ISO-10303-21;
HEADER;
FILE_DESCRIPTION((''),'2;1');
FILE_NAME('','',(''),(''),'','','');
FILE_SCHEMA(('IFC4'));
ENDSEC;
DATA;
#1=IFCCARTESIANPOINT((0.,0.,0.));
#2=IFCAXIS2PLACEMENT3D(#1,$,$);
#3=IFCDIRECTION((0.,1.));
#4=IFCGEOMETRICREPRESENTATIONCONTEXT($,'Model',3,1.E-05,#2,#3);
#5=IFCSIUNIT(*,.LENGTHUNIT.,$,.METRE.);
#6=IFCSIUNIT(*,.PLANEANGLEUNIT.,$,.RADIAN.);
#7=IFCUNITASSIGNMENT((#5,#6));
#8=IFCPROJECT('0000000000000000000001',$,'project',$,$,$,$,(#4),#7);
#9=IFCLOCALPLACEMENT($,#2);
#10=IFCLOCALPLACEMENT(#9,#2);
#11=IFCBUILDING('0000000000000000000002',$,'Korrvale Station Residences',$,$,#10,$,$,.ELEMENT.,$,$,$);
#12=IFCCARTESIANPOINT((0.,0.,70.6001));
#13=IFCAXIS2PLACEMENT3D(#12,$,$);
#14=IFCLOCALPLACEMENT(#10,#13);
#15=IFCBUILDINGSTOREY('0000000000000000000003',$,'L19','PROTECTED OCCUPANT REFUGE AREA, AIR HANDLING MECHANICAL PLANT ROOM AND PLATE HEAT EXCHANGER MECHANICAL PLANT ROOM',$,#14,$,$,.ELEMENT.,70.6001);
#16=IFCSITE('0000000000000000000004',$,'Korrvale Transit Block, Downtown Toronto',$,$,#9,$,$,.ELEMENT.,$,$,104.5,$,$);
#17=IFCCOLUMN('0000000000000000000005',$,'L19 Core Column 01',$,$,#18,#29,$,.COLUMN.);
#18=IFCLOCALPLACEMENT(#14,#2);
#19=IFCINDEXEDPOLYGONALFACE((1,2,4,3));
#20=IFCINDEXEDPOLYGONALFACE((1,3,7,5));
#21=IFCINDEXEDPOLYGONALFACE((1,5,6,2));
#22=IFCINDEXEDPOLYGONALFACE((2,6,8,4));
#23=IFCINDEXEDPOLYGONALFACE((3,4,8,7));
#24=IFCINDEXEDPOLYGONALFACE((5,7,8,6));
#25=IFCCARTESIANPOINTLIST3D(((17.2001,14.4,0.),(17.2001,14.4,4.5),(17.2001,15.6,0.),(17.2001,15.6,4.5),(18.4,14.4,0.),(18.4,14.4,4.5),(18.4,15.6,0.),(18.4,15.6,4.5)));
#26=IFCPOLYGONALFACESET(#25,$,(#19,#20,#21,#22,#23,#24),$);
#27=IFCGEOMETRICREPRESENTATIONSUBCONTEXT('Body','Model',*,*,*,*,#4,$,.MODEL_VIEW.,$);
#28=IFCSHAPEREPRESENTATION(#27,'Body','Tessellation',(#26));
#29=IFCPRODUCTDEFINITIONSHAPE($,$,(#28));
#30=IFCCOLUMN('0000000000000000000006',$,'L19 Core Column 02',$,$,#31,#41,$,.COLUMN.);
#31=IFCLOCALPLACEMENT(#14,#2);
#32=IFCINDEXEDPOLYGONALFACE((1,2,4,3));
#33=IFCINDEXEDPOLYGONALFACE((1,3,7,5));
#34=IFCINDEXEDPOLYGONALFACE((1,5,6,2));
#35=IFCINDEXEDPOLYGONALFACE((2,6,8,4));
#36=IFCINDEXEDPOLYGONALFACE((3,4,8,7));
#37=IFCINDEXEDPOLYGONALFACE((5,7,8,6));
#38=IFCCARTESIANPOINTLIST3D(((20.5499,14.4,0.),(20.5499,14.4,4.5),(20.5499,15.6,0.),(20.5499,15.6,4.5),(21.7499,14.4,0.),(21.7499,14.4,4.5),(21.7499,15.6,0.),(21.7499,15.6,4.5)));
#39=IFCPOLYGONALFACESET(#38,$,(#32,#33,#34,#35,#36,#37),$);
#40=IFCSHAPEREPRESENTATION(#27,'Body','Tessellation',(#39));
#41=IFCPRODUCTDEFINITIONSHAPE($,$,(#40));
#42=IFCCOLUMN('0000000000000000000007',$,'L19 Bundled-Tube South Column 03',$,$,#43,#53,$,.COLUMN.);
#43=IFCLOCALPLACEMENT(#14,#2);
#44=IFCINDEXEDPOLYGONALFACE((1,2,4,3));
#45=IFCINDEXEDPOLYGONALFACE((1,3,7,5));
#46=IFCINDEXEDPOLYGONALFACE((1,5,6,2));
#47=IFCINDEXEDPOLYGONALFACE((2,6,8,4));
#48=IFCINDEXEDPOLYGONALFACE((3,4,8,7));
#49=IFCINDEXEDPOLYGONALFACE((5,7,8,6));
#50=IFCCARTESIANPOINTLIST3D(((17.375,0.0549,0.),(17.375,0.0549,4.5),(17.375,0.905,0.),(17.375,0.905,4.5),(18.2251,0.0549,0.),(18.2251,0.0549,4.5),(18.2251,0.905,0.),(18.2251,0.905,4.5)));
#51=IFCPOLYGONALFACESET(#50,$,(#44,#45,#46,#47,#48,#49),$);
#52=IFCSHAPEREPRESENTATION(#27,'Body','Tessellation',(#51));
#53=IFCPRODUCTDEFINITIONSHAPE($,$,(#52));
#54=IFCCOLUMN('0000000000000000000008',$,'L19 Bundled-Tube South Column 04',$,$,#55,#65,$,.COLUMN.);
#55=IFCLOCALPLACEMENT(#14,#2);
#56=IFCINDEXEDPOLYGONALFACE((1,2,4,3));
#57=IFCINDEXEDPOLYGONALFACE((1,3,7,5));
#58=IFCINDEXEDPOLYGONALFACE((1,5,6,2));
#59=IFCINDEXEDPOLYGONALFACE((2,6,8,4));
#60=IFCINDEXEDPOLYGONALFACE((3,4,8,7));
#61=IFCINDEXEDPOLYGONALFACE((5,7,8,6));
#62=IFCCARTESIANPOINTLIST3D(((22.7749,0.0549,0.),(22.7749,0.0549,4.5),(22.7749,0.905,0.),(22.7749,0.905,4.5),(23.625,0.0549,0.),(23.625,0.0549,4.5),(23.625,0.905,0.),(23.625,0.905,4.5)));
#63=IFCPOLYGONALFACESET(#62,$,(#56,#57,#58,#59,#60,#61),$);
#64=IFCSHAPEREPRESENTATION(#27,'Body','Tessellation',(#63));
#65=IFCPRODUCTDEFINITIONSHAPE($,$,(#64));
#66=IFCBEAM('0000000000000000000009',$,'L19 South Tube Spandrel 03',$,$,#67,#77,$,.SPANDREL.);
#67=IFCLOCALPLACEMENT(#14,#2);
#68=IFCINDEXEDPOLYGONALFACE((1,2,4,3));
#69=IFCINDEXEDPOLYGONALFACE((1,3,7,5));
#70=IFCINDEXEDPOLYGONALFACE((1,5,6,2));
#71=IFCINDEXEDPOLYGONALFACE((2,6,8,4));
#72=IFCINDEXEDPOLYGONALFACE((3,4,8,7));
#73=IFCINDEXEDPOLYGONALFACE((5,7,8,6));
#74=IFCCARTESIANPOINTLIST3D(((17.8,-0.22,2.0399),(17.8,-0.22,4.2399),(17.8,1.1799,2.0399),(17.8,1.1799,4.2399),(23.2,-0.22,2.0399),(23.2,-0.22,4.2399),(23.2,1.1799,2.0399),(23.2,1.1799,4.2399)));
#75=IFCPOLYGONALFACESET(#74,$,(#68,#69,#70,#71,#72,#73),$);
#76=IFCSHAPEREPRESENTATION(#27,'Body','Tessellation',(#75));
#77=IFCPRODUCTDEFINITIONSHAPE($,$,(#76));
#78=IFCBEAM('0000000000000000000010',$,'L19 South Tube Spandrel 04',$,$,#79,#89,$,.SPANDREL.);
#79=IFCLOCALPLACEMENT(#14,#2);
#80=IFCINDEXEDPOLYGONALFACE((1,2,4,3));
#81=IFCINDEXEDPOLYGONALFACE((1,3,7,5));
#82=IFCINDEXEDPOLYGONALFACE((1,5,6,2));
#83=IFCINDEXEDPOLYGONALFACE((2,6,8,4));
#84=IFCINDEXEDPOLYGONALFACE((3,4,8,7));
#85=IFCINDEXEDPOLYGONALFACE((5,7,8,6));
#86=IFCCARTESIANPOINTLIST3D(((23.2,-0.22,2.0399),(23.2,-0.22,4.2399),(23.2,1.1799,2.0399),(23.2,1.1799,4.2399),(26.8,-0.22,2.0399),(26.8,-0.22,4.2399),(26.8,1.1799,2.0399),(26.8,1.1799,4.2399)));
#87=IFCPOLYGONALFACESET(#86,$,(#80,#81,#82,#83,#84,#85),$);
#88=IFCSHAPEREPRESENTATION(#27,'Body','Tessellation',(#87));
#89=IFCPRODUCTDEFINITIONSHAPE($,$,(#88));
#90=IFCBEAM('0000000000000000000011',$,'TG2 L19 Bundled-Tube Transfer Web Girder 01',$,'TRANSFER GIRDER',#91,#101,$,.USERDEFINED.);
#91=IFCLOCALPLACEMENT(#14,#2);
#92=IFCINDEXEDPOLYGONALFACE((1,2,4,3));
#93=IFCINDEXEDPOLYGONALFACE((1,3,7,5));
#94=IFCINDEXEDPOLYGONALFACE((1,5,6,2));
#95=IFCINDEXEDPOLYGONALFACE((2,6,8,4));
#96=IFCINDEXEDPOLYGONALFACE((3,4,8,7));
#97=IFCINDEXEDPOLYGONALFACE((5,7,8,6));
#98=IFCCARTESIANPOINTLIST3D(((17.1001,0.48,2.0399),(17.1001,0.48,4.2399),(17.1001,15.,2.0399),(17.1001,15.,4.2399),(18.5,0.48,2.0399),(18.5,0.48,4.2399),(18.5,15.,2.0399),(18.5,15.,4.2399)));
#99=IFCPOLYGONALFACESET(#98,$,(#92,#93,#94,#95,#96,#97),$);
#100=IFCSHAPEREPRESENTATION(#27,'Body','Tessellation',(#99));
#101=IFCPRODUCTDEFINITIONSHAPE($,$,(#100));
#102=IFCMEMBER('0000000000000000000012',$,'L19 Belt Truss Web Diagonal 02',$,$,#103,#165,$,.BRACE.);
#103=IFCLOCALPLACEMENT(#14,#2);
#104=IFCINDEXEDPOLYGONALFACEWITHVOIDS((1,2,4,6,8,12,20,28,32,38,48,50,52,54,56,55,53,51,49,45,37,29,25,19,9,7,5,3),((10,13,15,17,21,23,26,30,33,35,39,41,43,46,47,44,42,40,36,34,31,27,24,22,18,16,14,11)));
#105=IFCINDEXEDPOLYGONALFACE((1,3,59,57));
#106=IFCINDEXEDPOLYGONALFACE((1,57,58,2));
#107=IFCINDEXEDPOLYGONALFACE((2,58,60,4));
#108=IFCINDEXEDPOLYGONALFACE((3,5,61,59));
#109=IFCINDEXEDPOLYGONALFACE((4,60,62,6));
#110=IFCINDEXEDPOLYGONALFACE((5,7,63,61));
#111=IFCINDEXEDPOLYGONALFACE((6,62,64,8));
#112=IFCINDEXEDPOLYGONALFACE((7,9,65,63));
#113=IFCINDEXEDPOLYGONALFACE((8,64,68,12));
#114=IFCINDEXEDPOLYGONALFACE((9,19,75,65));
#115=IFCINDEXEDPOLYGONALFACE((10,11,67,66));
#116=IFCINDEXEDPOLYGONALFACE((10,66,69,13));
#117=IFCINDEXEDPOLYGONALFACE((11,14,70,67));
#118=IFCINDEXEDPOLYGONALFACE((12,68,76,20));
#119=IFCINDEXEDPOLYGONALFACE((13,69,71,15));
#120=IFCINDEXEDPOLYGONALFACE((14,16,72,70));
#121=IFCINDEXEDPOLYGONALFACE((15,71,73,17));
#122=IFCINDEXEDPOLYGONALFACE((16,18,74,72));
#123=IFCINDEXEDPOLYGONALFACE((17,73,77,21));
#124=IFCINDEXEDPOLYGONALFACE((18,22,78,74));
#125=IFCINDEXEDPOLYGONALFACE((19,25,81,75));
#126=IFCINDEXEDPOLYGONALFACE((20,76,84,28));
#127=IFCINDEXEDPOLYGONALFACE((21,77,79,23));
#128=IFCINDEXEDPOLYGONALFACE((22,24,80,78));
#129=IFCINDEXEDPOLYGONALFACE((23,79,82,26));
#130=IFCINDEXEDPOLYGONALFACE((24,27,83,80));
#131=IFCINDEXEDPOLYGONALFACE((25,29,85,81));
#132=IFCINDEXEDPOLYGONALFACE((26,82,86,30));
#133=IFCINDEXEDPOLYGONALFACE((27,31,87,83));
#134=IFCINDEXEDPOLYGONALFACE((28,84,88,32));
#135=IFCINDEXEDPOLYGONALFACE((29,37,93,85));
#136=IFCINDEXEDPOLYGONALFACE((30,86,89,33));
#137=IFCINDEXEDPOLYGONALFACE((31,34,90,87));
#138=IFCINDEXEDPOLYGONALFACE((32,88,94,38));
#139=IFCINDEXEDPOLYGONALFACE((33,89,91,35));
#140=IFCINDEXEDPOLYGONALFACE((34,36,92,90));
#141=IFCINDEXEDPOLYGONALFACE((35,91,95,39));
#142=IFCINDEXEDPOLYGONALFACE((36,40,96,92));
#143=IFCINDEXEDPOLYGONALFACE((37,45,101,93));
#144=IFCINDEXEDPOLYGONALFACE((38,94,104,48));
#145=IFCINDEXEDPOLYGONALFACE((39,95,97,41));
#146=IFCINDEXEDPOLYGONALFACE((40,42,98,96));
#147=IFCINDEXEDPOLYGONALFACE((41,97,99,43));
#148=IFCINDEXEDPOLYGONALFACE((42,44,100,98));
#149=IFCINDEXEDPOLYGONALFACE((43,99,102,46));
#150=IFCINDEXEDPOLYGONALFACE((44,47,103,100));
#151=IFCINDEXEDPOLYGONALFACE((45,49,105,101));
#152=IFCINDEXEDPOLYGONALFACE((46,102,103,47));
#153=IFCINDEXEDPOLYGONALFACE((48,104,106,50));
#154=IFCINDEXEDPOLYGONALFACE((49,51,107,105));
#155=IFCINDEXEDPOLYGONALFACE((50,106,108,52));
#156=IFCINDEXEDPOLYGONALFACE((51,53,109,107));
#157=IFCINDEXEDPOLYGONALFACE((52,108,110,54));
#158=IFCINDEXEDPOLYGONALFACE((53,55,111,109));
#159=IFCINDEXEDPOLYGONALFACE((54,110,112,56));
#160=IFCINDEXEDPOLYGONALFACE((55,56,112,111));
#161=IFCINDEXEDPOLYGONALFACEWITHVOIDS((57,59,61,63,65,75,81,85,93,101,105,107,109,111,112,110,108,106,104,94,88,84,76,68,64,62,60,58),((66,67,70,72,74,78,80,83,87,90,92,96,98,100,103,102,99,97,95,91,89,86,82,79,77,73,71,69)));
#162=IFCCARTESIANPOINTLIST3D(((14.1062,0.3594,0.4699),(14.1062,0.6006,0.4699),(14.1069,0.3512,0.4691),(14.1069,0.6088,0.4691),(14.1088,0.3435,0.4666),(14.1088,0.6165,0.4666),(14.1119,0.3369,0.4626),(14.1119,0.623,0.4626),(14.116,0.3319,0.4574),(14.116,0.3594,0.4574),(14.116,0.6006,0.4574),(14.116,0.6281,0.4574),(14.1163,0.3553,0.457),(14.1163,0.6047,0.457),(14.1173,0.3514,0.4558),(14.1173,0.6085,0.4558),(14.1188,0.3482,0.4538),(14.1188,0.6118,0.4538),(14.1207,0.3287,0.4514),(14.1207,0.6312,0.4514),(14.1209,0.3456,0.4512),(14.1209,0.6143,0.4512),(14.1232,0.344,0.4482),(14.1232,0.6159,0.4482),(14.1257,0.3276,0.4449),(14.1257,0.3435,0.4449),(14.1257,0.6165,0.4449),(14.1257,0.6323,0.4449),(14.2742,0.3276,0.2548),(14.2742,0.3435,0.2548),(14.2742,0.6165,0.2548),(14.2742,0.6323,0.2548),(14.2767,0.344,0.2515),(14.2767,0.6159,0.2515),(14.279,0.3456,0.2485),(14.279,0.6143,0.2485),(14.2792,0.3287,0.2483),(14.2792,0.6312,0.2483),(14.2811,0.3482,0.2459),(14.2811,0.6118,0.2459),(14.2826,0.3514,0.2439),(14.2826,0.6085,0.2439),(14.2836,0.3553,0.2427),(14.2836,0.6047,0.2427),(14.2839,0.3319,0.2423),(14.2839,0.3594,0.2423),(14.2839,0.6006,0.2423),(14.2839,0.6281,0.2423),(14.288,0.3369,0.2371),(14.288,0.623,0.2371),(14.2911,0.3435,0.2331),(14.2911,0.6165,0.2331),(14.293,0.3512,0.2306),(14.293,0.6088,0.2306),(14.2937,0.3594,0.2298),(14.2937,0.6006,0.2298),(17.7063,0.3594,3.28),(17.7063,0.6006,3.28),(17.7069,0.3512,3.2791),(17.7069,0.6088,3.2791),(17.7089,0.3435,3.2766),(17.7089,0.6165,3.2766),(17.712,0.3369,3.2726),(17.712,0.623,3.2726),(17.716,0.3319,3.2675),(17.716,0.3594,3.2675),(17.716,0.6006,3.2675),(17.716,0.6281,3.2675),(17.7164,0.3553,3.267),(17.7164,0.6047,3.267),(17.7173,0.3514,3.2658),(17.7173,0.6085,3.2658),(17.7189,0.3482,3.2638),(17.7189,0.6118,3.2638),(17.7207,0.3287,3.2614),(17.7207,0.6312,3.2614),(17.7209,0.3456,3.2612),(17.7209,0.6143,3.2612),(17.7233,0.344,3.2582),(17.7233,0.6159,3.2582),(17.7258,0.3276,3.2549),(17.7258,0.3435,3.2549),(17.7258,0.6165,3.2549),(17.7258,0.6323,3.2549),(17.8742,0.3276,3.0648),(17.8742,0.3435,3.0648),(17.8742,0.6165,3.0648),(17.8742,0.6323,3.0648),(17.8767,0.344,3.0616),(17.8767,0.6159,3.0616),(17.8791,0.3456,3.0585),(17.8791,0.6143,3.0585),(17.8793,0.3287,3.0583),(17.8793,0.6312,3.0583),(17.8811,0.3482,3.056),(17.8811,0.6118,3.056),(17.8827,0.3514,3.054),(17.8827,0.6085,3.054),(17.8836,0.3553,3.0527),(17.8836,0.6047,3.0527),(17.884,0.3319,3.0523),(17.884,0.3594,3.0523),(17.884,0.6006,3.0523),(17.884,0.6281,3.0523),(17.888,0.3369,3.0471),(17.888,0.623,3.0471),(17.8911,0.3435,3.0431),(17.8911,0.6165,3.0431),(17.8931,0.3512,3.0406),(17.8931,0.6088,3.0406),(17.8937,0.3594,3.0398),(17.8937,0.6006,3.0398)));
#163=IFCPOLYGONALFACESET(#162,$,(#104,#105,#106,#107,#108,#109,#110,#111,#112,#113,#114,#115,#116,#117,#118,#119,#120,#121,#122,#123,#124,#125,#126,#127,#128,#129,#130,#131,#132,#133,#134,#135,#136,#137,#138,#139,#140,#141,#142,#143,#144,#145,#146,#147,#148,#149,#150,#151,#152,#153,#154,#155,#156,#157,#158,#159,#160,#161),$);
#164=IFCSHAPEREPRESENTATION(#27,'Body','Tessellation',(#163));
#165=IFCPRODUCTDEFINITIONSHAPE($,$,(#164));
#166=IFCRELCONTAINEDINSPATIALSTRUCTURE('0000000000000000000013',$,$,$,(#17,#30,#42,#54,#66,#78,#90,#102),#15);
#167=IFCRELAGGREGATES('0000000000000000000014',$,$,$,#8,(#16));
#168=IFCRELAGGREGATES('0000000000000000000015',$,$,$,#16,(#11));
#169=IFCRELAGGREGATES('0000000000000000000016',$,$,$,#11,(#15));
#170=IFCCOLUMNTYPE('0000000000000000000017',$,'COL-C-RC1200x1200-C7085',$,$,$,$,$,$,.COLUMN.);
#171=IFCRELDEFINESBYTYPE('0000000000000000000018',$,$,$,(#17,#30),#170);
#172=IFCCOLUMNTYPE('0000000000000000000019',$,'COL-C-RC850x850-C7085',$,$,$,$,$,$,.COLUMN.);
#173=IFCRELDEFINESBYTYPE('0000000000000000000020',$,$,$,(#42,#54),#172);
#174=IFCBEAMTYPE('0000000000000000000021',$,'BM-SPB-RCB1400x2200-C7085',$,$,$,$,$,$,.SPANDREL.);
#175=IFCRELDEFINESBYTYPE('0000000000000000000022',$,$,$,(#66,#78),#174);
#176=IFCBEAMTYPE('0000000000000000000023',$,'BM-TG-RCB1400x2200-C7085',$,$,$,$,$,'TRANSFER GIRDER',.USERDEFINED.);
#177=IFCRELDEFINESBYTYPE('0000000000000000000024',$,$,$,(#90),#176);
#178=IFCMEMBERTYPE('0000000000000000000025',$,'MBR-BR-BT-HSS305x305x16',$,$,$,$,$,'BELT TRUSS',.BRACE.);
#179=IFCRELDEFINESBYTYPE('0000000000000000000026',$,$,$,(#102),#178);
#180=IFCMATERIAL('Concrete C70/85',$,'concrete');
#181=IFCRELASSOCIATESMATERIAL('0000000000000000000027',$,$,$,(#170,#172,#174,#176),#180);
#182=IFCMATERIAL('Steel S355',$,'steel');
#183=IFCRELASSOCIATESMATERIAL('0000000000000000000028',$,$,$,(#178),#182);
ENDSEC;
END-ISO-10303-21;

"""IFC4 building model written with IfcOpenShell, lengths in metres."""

from ifc_helpers import new_model, si_unit, direction, frame, origin, origin_2d, place, context, subcontext, project, spatial, rectangle, hollow_rectangle, extrude, material, material_profile, profile_set, type_object, element, save


model = new_model("IFC4")

# Units and contexts
model_context = context("Model", 3, precision=1e-05, world=origin(), true_north=direction((0.0, 1.0)))
body_context = subcontext(model_context, "Body", "Model", "MODEL_VIEW")
ifc_project = project(units=[si_unit("LENGTHUNIT", "METRE"), si_unit("PLANEANGLEUNIT", "RADIAN")], contexts=[model_context])

# Site, building, storey
site_placement = place(None, origin())
site = spatial("IfcSite", under=ifc_project, at=site_placement, Name="Korrvale Transit Block, Downtown Toronto", CompositionType="ELEMENT", RefElevation=104.5)
building_placement = place(site_placement, origin())
building = spatial("IfcBuilding", under=site, at=building_placement, Name="Korrvale Station Residences", CompositionType="ELEMENT")
storey_placement = place(building_placement, frame((0.0, 0.0, 70.6001)))
storey = spatial("IfcBuildingStorey", under=building, at=storey_placement, Name="L19", Description="PROTECTED OCCUPANT REFUGE AREA, AIR HANDLING MECHANICAL PLANT ROOM AND PLATE HEAT EXCHANGER MECHANICAL PLANT ROOM", CompositionType="ELEMENT", Elevation=70.6001)

# Columns
ifc_material_1 = material(Name="Concrete C70/85", Category="concrete")
ifc_material_profile_1 = material_profile(ifc_material_1, rectangle(XDim=1.2, YDim=1.2, at=origin_2d()), Name="RC1200x1200")
ifc_profile_set_1 = profile_set([ifc_material_profile_1], Name="Concrete C70/85")
column_type_1 = type_object("IfcColumnType", Name="COL-C-RC1200x1200-C7085", PredefinedType="COLUMN", material=ifc_profile_set_1)
for number, where, z_axis, x_axis, name in (
    (1, (17.8, 15.0, 0.0), (0.0, 0.0, 1.0), (1.0, 0.0, 0.0), "L19 Core Column 01"),
    (2, (21.1499, 15.0, 0.0), (0.0, 0.0, 1.0), (1.0, 0.0, 0.0), "L19 Core Column 02"),
):
    element("IfcColumn", number, at=place(storey_placement, frame(where, z_axis=z_axis, x_axis=x_axis)), inside=storey, type_object=column_type_1, Name=name, PredefinedType="COLUMN", context=body_context, shape_type="SweptSolid", body=[
        extrude(rectangle(XDim=1.2, YDim=1.2, at=origin_2d()), origin(), (0.0, 0.0, 1.0), 4.5),
    ])
ifc_material_profile_2 = material_profile(ifc_material_1, rectangle(XDim=0.8501, YDim=0.8501, at=origin_2d()), Name="RC850x850")
ifc_profile_set_2 = profile_set([ifc_material_profile_2], Name="Concrete C70/85")
column_type_2 = type_object("IfcColumnType", Name="COL-C-RC850x850-C7085", PredefinedType="COLUMN", material=ifc_profile_set_2)
for number, where, z_axis, x_axis, name in (
    (3, (17.8, 0.48, 0.0), (0.0, 0.0, 1.0), (1.0, 0.0, 0.0), "L19 Bundled-Tube South Column 03"),
    (4, (23.2, 0.48, 0.0), (0.0, 0.0, 1.0), (1.0, 0.0, 0.0), "L19 Bundled-Tube South Column 04"),
):
    element("IfcColumn", number, at=place(storey_placement, frame(where, z_axis=z_axis, x_axis=x_axis)), inside=storey, type_object=column_type_2, Name=name, PredefinedType="COLUMN", context=body_context, shape_type="SweptSolid", body=[
        extrude(rectangle(XDim=0.8501, YDim=0.8501, at=origin_2d()), origin(), (0.0, 0.0, 1.0), 4.5),
    ])

# Beams
ifc_material_profile_3 = material_profile(ifc_material_1, rectangle(XDim=1.3999, YDim=2.2, at=origin_2d()), Name="RCB1400x2200")
ifc_profile_set_3 = profile_set([ifc_material_profile_3], Name="Concrete C70/85")
beam_type_1 = type_object("IfcBeamType", Name="BM-SPB-RCB1400x2200-C7085", PredefinedType="SPANDREL", material=ifc_profile_set_3)
beam_1_placement = place(storey_placement, frame((17.8, 0.48, 3.1399), z_axis=(1.0, 0.0, 0.0), x_axis=(0.0, 1.0, 0.0)))
element("IfcBeam", 5, at=beam_1_placement, inside=storey, type_object=beam_type_1, Name="L19 South Tube Spandrel 03", PredefinedType="SPANDREL", context=body_context, shape_type="SweptSolid", body=[
    extrude(rectangle(XDim=1.3999, YDim=2.2, at=origin_2d()), origin(), (0.0, 0.0, 1.0), 5.3999),
])
beam_2_placement = place(storey_placement, frame((23.2, 0.48, 3.1399), z_axis=(1.0, 0.0, 0.0), x_axis=(0.0, 1.0, 0.0)))
element("IfcBeam", 6, at=beam_2_placement, inside=storey, type_object=beam_type_1, Name="L19 South Tube Spandrel 04", PredefinedType="SPANDREL", context=body_context, shape_type="SweptSolid", body=[
    extrude(rectangle(XDim=1.3999, YDim=2.2, at=origin_2d()), origin(), (0.0, 0.0, 1.0), 3.6001),
])
ifc_material_profile_4 = material_profile(ifc_material_1, rectangle(XDim=1.3999, YDim=2.2, at=origin_2d()), Name="RCB1400x2200")
ifc_profile_set_4 = profile_set([ifc_material_profile_4], Name="Concrete C70/85")
beam_type_2 = type_object("IfcBeamType", Name="BM-TG-RCB1400x2200-C7085", ElementType="TRANSFER GIRDER", PredefinedType="USERDEFINED", material=ifc_profile_set_4)
beam_3_placement = place(storey_placement, frame((17.8, 0.48, 3.1399), z_axis=(0.0, 1.0, 0.0), x_axis=(-1.0, 0.0, 0.0)))
element("IfcBeam", 7, at=beam_3_placement, inside=storey, type_object=beam_type_2, Name="TG2 L19 Bundled-Tube Transfer Web Girder 01", ObjectType="TRANSFER GIRDER", PredefinedType="USERDEFINED", context=body_context, shape_type="SweptSolid", body=[
    extrude(rectangle(XDim=1.3999, YDim=2.2, at=origin_2d()), origin(), (0.0, 0.0, 1.0), 14.52),
])

# Member
ifc_material_2 = material(Name="Steel S355", Category="steel")
ifc_material_profile_5 = material_profile(ifc_material_2, hollow_rectangle(XDim=0.3047, YDim=0.3047, WallThickness=0.0159, InnerFilletRadius=0.0159, OuterFilletRadius=0.0317, at=origin_2d()), Name="HSS305x305x16")
ifc_profile_set_5 = profile_set([ifc_material_profile_5], Name="Steel S355")
member_type_1 = type_object("IfcMemberType", Name="MBR-BR-BT-HSS305x305x16", ElementType="BELT TRUSS", PredefinedType="BRACE", material=ifc_profile_set_5)
member_1_placement = place(storey_placement, frame((14.2, 0.48, 0.3499), z_axis=(0.788292, 0.0, 0.615302), x_axis=(0.0, 1.0, 0.0)))
element("IfcMember", 8, at=member_1_placement, inside=storey, type_object=member_type_1, Name="L19 Belt Truss Web Diagonal 02", PredefinedType="BRACE", context=body_context, shape_type="SweptSolid", body=[
    extrude(hollow_rectangle(XDim=0.3047, YDim=0.3047, WallThickness=0.0159, InnerFilletRadius=0.0159, OuterFilletRadius=0.0317, at=origin_2d()), origin(), (0.0, 0.0, 1.0), 4.5669),
])

save(model, "model.ifc")
